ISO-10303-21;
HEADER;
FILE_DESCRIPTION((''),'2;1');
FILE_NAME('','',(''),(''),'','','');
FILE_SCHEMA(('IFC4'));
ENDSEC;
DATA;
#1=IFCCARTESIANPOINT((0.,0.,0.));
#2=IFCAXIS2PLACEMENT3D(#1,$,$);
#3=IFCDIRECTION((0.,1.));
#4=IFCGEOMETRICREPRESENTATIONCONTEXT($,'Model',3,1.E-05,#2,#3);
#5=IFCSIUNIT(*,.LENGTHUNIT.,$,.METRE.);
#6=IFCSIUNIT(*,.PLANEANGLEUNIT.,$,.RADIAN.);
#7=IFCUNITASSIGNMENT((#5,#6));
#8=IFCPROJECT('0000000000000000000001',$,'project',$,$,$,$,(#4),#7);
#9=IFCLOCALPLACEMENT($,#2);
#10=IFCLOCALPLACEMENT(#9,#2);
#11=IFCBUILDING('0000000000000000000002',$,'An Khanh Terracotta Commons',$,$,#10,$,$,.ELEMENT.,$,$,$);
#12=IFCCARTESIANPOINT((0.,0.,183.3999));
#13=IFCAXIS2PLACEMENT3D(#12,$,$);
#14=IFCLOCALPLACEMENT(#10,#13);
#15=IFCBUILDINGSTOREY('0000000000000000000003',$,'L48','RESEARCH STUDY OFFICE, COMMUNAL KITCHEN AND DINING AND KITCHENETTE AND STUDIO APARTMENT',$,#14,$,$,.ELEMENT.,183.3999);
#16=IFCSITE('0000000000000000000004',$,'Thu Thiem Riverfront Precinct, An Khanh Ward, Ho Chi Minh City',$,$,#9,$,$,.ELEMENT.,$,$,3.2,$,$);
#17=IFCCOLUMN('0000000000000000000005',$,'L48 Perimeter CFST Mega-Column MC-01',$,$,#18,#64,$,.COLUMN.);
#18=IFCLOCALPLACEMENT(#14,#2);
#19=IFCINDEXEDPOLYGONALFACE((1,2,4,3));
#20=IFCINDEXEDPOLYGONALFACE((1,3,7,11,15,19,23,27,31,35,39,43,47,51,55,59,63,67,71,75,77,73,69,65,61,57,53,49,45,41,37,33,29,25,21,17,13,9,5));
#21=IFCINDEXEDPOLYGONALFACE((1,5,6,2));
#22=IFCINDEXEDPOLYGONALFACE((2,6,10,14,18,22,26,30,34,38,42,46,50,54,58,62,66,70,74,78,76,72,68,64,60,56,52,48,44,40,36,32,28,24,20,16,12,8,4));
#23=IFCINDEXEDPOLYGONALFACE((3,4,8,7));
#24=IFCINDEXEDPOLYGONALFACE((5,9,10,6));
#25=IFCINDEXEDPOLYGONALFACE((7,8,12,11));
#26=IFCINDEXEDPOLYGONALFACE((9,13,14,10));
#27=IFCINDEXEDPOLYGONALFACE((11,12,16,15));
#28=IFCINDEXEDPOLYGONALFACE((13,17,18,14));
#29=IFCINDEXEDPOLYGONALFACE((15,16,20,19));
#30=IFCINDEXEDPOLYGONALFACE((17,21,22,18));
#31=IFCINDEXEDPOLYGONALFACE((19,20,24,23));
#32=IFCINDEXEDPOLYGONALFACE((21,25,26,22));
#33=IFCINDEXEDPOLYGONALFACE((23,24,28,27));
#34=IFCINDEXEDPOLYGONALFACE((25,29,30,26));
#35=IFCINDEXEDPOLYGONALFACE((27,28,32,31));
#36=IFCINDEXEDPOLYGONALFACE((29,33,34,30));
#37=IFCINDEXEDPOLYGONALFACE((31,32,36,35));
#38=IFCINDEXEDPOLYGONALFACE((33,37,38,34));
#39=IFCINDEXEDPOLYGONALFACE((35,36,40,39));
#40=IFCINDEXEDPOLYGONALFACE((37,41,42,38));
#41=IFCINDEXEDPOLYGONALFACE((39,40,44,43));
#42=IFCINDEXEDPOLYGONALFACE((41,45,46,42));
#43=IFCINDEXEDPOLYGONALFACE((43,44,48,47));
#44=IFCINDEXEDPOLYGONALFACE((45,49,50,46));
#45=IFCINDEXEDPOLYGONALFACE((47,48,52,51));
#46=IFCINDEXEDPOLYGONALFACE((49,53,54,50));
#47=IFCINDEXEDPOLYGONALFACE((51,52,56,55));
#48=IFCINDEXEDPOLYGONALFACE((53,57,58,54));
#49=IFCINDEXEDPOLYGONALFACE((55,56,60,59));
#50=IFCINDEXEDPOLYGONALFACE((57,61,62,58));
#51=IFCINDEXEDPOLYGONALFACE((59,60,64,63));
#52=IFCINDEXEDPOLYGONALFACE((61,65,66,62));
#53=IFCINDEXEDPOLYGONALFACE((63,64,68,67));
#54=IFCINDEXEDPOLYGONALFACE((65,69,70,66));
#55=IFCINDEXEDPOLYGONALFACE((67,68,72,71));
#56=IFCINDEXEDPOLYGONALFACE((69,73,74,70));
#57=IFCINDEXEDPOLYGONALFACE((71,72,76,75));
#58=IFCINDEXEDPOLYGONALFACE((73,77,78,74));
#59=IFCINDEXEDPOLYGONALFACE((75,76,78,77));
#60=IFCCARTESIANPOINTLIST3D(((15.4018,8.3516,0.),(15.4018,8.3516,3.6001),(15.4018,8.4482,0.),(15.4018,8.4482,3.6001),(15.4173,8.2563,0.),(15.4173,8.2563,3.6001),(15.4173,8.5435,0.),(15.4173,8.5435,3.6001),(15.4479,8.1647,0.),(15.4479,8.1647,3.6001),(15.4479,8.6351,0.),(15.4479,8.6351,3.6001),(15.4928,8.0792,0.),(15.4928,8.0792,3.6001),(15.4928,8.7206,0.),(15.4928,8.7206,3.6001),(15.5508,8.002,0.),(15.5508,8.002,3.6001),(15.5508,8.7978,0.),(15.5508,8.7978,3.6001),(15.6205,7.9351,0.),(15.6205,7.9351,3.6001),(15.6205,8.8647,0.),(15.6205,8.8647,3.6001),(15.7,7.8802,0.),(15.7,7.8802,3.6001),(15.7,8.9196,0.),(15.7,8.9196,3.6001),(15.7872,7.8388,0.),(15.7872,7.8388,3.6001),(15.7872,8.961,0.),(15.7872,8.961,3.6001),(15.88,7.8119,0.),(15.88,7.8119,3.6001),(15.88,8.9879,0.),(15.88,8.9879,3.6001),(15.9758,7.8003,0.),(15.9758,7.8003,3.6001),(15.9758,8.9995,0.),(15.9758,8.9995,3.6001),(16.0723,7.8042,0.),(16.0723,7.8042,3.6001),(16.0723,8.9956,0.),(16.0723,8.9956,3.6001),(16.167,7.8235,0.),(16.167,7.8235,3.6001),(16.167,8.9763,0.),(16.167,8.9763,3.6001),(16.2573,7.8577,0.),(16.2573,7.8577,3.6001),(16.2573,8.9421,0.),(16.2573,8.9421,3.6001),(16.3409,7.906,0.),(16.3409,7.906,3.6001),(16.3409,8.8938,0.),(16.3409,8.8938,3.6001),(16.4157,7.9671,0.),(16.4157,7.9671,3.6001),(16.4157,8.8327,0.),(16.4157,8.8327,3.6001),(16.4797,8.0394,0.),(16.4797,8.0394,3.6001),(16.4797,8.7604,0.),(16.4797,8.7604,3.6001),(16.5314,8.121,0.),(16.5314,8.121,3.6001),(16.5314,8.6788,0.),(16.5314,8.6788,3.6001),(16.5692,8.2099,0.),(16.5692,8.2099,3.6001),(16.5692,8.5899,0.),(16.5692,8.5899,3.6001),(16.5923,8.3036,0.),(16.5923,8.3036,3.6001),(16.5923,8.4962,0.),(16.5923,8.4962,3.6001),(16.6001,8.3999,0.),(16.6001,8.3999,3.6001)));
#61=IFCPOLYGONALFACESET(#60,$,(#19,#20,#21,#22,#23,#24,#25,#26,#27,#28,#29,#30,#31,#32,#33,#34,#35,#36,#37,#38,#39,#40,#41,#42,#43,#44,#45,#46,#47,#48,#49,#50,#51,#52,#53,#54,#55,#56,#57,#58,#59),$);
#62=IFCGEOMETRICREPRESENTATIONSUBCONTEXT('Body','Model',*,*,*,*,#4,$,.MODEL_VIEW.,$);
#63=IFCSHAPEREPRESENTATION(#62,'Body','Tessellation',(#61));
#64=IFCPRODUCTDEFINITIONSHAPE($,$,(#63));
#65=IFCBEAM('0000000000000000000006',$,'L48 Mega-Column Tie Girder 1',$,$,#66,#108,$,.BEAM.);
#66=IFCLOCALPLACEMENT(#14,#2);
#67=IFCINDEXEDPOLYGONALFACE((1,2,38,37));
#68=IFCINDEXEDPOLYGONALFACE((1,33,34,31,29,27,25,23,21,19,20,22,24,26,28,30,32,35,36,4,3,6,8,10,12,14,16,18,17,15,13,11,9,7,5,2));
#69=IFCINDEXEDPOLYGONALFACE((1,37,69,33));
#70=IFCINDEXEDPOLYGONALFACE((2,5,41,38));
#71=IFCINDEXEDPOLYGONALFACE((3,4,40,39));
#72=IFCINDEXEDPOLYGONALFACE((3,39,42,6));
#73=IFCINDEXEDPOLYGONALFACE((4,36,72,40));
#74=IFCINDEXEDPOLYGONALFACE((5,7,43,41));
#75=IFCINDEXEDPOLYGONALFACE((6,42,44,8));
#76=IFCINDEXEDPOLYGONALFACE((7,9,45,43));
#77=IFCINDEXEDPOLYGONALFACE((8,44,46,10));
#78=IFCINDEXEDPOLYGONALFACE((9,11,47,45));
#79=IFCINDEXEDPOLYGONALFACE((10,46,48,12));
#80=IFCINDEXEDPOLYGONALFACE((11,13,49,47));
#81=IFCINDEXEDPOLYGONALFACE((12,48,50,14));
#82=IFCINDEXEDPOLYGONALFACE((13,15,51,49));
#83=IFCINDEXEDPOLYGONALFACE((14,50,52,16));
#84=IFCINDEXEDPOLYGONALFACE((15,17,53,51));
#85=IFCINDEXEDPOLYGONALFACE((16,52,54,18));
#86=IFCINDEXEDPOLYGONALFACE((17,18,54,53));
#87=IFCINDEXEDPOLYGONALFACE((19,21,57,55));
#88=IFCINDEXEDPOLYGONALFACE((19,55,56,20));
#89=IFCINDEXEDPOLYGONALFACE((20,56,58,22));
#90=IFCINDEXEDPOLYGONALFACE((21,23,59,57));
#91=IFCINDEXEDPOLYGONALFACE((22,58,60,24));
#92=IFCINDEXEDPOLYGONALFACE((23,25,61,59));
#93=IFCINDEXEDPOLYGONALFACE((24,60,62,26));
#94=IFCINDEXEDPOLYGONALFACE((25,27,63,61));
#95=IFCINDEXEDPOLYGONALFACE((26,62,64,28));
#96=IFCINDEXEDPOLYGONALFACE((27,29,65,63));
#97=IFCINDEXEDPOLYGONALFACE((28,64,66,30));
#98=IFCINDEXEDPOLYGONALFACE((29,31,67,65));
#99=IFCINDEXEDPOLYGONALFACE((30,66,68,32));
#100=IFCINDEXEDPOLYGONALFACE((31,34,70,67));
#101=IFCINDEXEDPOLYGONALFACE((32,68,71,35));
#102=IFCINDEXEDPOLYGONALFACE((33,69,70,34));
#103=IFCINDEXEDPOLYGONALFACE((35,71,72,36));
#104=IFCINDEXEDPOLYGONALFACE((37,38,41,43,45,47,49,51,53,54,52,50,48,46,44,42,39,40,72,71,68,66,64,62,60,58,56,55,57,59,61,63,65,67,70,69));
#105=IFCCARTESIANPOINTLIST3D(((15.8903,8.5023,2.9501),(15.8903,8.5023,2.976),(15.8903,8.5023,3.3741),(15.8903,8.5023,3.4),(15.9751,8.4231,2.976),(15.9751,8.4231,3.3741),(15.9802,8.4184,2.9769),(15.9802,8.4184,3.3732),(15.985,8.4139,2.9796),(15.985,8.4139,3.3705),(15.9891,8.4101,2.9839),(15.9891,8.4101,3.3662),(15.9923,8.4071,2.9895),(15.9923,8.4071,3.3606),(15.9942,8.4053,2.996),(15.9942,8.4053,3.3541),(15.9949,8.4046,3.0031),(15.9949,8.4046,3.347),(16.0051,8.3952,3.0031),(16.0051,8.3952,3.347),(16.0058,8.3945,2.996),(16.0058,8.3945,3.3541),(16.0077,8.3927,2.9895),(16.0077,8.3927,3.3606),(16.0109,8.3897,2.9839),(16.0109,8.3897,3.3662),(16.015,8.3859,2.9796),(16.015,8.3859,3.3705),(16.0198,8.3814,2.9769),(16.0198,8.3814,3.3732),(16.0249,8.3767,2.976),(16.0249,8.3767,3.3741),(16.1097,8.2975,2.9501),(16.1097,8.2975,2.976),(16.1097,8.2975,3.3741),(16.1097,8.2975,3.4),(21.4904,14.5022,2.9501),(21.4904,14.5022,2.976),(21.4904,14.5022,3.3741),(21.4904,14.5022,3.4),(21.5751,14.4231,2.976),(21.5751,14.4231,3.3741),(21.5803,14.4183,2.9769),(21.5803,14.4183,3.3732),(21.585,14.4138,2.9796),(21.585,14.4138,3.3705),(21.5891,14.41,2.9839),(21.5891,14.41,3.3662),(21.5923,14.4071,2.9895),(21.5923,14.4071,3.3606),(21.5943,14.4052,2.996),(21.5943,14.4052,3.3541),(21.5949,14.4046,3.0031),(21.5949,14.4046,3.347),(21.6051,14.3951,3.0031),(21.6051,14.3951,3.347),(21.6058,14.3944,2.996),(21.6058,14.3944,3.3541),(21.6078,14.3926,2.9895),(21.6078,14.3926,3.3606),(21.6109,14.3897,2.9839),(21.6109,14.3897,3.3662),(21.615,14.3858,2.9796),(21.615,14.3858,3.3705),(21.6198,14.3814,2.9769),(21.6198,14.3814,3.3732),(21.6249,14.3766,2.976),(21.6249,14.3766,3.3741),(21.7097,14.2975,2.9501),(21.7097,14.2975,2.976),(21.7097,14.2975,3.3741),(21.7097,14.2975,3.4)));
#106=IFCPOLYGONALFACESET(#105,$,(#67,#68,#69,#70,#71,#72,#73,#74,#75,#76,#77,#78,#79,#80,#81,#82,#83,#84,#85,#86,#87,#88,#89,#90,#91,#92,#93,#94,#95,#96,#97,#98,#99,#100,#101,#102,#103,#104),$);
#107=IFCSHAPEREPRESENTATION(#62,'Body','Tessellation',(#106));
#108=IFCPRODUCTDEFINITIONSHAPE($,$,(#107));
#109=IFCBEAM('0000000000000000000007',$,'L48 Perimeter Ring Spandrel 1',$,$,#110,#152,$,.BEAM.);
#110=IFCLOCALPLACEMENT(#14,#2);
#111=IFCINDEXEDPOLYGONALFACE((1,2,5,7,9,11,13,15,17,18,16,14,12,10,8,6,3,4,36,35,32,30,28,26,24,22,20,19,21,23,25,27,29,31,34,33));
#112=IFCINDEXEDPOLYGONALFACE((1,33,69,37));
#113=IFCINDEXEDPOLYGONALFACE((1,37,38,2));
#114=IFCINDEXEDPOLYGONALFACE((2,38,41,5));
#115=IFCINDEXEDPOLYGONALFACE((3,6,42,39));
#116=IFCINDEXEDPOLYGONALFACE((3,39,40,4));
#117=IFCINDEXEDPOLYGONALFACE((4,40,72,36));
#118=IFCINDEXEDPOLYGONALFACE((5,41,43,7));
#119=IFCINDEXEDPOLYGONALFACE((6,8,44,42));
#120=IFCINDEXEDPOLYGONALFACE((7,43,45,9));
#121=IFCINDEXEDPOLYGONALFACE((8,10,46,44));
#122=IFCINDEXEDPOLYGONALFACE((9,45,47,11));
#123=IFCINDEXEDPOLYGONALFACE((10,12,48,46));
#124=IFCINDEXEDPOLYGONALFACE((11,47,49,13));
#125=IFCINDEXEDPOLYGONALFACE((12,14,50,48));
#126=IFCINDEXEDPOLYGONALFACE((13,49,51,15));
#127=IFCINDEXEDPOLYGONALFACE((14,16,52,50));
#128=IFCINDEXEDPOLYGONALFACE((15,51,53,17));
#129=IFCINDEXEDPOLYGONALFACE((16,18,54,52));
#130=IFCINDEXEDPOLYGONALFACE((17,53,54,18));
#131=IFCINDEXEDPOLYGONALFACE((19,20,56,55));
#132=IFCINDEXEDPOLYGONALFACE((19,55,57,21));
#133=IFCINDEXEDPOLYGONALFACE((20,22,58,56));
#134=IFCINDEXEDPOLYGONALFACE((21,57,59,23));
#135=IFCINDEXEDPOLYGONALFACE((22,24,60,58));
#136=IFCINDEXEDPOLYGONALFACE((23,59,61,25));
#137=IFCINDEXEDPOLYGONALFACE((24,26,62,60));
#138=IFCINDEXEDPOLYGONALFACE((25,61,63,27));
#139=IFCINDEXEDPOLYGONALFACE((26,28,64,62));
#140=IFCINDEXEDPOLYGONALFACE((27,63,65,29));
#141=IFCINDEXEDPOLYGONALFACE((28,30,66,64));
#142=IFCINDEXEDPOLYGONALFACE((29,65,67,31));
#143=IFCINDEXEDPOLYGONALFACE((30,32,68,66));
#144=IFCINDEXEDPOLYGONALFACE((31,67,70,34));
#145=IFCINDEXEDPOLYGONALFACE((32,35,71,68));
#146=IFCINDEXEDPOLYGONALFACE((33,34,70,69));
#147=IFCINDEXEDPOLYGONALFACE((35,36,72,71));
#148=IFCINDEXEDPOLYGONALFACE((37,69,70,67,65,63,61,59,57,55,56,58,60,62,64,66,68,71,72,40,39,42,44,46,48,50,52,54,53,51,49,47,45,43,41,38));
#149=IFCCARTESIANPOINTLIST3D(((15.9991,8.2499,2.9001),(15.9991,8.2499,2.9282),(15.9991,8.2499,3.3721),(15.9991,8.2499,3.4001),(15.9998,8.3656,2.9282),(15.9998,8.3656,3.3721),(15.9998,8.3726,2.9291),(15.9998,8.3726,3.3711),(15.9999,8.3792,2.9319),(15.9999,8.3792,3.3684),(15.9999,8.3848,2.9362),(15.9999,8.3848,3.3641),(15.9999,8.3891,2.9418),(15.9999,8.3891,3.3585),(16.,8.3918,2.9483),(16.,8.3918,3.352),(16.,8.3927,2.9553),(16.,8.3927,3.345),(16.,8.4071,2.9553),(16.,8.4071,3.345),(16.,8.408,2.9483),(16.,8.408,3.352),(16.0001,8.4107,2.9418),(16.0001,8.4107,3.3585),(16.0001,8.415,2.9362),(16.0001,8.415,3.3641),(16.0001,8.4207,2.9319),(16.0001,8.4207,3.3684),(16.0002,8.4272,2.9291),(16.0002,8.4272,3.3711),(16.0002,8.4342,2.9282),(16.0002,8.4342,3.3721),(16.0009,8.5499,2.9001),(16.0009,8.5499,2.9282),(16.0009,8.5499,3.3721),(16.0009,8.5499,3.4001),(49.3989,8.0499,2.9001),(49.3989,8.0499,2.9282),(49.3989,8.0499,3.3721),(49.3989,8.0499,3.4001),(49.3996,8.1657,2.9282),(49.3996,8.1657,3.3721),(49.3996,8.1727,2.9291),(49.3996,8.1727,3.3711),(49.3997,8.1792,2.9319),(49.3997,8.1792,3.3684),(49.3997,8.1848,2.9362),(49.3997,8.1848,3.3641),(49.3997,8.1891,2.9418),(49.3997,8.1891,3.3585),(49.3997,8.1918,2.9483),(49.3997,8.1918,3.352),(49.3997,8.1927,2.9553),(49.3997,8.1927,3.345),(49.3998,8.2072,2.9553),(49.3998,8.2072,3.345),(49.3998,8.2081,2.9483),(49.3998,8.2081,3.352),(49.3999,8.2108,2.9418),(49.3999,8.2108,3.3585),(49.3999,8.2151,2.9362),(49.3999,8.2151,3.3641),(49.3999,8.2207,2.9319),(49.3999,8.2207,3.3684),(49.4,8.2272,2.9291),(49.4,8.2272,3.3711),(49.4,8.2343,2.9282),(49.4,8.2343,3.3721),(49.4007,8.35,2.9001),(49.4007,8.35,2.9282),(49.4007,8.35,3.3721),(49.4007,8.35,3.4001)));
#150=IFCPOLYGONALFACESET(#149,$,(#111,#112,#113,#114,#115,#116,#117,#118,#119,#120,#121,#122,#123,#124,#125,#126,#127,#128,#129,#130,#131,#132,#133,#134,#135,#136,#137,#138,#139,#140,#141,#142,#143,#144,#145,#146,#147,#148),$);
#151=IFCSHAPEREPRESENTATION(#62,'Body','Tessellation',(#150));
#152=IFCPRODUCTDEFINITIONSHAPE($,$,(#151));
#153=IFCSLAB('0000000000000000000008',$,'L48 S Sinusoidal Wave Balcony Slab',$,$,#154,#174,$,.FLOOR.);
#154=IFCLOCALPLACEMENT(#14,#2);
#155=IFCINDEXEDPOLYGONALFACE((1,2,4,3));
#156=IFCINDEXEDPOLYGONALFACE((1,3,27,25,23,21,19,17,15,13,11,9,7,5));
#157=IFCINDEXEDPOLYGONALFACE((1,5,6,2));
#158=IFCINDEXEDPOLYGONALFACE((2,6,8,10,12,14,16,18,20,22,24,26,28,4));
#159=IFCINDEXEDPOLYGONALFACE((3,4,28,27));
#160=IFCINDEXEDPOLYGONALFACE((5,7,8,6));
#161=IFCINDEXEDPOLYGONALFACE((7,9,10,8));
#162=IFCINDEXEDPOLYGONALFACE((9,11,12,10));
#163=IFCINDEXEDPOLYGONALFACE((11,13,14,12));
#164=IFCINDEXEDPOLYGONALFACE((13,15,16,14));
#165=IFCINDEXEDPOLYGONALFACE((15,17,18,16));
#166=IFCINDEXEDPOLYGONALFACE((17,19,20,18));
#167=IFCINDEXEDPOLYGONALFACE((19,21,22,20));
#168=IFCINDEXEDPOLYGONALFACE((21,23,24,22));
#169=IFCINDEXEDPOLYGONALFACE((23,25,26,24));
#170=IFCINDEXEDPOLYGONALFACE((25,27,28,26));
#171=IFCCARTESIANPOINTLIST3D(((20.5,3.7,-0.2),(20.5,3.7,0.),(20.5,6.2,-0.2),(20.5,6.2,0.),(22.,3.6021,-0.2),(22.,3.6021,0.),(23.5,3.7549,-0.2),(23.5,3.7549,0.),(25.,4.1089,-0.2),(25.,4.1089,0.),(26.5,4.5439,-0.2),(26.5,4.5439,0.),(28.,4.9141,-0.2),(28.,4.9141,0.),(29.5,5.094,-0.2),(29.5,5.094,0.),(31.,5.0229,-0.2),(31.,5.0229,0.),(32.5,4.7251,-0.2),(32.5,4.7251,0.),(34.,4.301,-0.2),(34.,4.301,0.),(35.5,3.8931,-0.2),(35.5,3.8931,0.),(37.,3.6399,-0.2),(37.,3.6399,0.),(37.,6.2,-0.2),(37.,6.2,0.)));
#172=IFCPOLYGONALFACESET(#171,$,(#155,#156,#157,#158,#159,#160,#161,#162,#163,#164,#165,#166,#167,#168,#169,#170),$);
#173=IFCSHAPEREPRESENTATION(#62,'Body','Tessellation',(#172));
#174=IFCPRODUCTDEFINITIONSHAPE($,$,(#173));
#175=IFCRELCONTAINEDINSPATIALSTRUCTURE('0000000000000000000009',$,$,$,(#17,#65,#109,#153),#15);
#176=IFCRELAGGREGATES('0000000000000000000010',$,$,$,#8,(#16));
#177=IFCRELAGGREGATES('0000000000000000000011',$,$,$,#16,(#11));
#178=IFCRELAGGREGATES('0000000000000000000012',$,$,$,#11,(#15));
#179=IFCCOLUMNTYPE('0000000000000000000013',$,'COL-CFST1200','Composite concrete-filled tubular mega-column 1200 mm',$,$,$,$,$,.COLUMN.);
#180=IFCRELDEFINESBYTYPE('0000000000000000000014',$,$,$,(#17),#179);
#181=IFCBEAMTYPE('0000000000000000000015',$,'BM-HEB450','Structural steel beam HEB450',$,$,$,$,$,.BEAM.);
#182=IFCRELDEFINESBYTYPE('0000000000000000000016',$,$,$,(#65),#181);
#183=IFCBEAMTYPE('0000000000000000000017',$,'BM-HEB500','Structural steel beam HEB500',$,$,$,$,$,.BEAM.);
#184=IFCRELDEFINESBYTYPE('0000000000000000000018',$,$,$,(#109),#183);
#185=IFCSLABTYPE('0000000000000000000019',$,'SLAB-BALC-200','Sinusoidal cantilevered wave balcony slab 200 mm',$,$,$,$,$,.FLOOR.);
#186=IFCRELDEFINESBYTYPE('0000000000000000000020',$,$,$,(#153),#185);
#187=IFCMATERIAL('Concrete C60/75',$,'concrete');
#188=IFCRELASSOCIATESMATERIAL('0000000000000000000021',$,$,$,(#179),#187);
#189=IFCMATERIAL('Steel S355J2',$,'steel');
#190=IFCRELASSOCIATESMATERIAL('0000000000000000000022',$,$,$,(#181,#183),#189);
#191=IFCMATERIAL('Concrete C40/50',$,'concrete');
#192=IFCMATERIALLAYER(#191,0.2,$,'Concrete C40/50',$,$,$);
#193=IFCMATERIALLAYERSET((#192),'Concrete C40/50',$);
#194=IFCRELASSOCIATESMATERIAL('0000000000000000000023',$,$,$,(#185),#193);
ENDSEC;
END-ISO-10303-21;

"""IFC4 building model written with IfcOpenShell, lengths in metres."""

from ifc_helpers import new_model, si_unit, direction, frame, origin, origin_2d, place, context, subcontext, project, spatial, polyline, circle, i_section, outline, extrude, material, layer, layer_set, material_profile, profile_set, type_object, element, save


model = new_model("IFC4")

# Units and contexts
model_context = context("Model", 3, precision=1e-05, world=origin(), true_north=direction((0.0, 1.0)))
body_context = subcontext(model_context, "Body", "Model", "MODEL_VIEW")
ifc_project = project(units=[si_unit("LENGTHUNIT", "METRE"), si_unit("PLANEANGLEUNIT", "RADIAN")], contexts=[model_context])

# Site, building, storey
site_placement = place(None, origin())
site = spatial("IfcSite", under=ifc_project, at=site_placement, Name="Thu Thiem Riverfront Precinct, An Khanh Ward, Ho Chi Minh City", CompositionType="ELEMENT", RefElevation=3.2)
building_placement = place(site_placement, origin())
building = spatial("IfcBuilding", under=site, at=building_placement, Name="An Khanh Terracotta Commons", CompositionType="ELEMENT")
storey_placement = place(building_placement, frame((0.0, 0.0, 183.3999)))
storey = spatial("IfcBuildingStorey", under=building, at=storey_placement, Name="L48", Description="RESEARCH STUDY OFFICE, COMMUNAL KITCHEN AND DINING AND KITCHENETTE AND STUDIO APARTMENT", CompositionType="ELEMENT", Elevation=183.3999)

# Column
ifc_material_1 = material(Name="Concrete C60/75", Category="concrete")
ifc_material_profile_1 = material_profile(ifc_material_1, circle(Radius=0.6001, at=origin_2d()), Name="CFST1200")
ifc_profile_set_1 = profile_set([ifc_material_profile_1], Name="Concrete C60/75")
column_type = type_object("IfcColumnType", Name="COL-CFST1200", Description="Composite concrete-filled tubular mega-column 1200 mm", PredefinedType="COLUMN", material=ifc_profile_set_1)
column_placement = place(storey_placement, frame((16.0, 8.3999, 0.0), z_axis=(0.0, 0.0, 1.0), x_axis=(1.0, 0.0, 0.0)))
element("IfcColumn", 1, at=column_placement, inside=storey, type_object=column_type, Name="L48 Perimeter CFST Mega-Column MC-01", PredefinedType="COLUMN", context=body_context, shape_type="SweptSolid", body=[
    extrude(circle(Radius=0.6001, at=origin_2d()), origin(), (0.0, 0.0, 1.0), 3.6001),
])

# Beams
ifc_material_2 = material(Name="Steel S355J2", Category="steel")
ifc_material_profile_2 = material_profile(ifc_material_2, i_section(OverallWidth=0.3, OverallDepth=0.45, WebThickness=0.0139, FlangeThickness=0.0259, FilletRadius=0.0271, at=origin_2d()), Name="HEB450")
ifc_profile_set_2 = profile_set([ifc_material_profile_2], Name="Steel S355J2")
beam_type_1 = type_object("IfcBeamType", Name="BM-HEB450", Description="Structural steel beam HEB450", PredefinedType="BEAM", material=ifc_profile_set_2)
beam_1_placement = place(storey_placement, frame((16.0, 8.3999, 3.175), z_axis=(0.682325, 0.731049, 0.0), x_axis=(-0.731049, 0.682325, 0.0)))
element("IfcBeam", 2, at=beam_1_placement, inside=storey, type_object=beam_type_1, Name="L48 Mega-Column Tie Girder 1", PredefinedType="BEAM", context=body_context, shape_type="SweptSolid", body=[
    extrude(i_section(OverallWidth=0.3, OverallDepth=0.45, WebThickness=0.0139, FlangeThickness=0.0259, FilletRadius=0.0271, at=origin_2d()), origin(), (0.0, 0.0, 1.0), 8.2073),
])
ifc_material_profile_3 = material_profile(ifc_material_2, i_section(OverallWidth=0.3, OverallDepth=0.5, WebThickness=0.0144, FlangeThickness=0.0281, FilletRadius=0.0271, at=origin_2d()), Name="HEB500")
ifc_profile_set_3 = profile_set([ifc_material_profile_3], Name="Steel S355J2")
beam_type_2 = type_object("IfcBeamType", Name="BM-HEB500", Description="Structural steel beam HEB500", PredefinedType="BEAM", material=ifc_profile_set_3)
beam_2_placement = place(storey_placement, frame((16.0, 8.3999, 3.1501), z_axis=(0.999982, -0.005986, 0.0), x_axis=(0.005986, 0.999982, 0.0)))
element("IfcBeam", 3, at=beam_2_placement, inside=storey, type_object=beam_type_2, Name="L48 Perimeter Ring Spandrel 1", PredefinedType="BEAM", context=body_context, shape_type="SweptSolid", body=[
    extrude(i_section(OverallWidth=0.3, OverallDepth=0.5, WebThickness=0.0144, FlangeThickness=0.0281, FilletRadius=0.0271, at=origin_2d()), origin(), (0.0, 0.0, 1.0), 33.4004),
])

# Slab
ifc_material_3 = material(Name="Concrete C40/50", Category="concrete")
ifc_layer_1 = layer(ifc_material_3, 0.2, Name="Concrete C40/50")
ifc_layer_set_1 = layer_set([ifc_layer_1], Name="Concrete C40/50")
slab_type_1 = type_object("IfcSlabType", Name="SLAB-BALC-200", Description="Sinusoidal cantilevered wave balcony slab 200 mm", PredefinedType="FLOOR", material=ifc_layer_set_1)
slab_1_placement = place(storey_placement, frame((0.0, 0.0, -0.2)))
element("IfcSlab", 4, at=slab_1_placement, inside=storey, type_object=slab_type_1, Name="L48 S Sinusoidal Wave Balcony Slab", PredefinedType="FLOOR", context=body_context, shape_type="SweptSolid", body=[
    extrude(outline(polyline([(20.5, 6.2), (20.5, 3.7), (22.0, 3.6021), (23.5, 3.7549), (25.0, 4.1089), (26.5, 4.5439), (28.0, 4.9141), (29.5, 5.094), (31.0, 5.0229), (32.5, 4.7251), (34.0, 4.301), (35.5, 3.8931), (37.0, 3.6399), (37.0, 6.2), (20.5, 6.2)])), origin(), (0.0, 0.0, 1.0), 0.2),
])

save(model, "model.ifc")
